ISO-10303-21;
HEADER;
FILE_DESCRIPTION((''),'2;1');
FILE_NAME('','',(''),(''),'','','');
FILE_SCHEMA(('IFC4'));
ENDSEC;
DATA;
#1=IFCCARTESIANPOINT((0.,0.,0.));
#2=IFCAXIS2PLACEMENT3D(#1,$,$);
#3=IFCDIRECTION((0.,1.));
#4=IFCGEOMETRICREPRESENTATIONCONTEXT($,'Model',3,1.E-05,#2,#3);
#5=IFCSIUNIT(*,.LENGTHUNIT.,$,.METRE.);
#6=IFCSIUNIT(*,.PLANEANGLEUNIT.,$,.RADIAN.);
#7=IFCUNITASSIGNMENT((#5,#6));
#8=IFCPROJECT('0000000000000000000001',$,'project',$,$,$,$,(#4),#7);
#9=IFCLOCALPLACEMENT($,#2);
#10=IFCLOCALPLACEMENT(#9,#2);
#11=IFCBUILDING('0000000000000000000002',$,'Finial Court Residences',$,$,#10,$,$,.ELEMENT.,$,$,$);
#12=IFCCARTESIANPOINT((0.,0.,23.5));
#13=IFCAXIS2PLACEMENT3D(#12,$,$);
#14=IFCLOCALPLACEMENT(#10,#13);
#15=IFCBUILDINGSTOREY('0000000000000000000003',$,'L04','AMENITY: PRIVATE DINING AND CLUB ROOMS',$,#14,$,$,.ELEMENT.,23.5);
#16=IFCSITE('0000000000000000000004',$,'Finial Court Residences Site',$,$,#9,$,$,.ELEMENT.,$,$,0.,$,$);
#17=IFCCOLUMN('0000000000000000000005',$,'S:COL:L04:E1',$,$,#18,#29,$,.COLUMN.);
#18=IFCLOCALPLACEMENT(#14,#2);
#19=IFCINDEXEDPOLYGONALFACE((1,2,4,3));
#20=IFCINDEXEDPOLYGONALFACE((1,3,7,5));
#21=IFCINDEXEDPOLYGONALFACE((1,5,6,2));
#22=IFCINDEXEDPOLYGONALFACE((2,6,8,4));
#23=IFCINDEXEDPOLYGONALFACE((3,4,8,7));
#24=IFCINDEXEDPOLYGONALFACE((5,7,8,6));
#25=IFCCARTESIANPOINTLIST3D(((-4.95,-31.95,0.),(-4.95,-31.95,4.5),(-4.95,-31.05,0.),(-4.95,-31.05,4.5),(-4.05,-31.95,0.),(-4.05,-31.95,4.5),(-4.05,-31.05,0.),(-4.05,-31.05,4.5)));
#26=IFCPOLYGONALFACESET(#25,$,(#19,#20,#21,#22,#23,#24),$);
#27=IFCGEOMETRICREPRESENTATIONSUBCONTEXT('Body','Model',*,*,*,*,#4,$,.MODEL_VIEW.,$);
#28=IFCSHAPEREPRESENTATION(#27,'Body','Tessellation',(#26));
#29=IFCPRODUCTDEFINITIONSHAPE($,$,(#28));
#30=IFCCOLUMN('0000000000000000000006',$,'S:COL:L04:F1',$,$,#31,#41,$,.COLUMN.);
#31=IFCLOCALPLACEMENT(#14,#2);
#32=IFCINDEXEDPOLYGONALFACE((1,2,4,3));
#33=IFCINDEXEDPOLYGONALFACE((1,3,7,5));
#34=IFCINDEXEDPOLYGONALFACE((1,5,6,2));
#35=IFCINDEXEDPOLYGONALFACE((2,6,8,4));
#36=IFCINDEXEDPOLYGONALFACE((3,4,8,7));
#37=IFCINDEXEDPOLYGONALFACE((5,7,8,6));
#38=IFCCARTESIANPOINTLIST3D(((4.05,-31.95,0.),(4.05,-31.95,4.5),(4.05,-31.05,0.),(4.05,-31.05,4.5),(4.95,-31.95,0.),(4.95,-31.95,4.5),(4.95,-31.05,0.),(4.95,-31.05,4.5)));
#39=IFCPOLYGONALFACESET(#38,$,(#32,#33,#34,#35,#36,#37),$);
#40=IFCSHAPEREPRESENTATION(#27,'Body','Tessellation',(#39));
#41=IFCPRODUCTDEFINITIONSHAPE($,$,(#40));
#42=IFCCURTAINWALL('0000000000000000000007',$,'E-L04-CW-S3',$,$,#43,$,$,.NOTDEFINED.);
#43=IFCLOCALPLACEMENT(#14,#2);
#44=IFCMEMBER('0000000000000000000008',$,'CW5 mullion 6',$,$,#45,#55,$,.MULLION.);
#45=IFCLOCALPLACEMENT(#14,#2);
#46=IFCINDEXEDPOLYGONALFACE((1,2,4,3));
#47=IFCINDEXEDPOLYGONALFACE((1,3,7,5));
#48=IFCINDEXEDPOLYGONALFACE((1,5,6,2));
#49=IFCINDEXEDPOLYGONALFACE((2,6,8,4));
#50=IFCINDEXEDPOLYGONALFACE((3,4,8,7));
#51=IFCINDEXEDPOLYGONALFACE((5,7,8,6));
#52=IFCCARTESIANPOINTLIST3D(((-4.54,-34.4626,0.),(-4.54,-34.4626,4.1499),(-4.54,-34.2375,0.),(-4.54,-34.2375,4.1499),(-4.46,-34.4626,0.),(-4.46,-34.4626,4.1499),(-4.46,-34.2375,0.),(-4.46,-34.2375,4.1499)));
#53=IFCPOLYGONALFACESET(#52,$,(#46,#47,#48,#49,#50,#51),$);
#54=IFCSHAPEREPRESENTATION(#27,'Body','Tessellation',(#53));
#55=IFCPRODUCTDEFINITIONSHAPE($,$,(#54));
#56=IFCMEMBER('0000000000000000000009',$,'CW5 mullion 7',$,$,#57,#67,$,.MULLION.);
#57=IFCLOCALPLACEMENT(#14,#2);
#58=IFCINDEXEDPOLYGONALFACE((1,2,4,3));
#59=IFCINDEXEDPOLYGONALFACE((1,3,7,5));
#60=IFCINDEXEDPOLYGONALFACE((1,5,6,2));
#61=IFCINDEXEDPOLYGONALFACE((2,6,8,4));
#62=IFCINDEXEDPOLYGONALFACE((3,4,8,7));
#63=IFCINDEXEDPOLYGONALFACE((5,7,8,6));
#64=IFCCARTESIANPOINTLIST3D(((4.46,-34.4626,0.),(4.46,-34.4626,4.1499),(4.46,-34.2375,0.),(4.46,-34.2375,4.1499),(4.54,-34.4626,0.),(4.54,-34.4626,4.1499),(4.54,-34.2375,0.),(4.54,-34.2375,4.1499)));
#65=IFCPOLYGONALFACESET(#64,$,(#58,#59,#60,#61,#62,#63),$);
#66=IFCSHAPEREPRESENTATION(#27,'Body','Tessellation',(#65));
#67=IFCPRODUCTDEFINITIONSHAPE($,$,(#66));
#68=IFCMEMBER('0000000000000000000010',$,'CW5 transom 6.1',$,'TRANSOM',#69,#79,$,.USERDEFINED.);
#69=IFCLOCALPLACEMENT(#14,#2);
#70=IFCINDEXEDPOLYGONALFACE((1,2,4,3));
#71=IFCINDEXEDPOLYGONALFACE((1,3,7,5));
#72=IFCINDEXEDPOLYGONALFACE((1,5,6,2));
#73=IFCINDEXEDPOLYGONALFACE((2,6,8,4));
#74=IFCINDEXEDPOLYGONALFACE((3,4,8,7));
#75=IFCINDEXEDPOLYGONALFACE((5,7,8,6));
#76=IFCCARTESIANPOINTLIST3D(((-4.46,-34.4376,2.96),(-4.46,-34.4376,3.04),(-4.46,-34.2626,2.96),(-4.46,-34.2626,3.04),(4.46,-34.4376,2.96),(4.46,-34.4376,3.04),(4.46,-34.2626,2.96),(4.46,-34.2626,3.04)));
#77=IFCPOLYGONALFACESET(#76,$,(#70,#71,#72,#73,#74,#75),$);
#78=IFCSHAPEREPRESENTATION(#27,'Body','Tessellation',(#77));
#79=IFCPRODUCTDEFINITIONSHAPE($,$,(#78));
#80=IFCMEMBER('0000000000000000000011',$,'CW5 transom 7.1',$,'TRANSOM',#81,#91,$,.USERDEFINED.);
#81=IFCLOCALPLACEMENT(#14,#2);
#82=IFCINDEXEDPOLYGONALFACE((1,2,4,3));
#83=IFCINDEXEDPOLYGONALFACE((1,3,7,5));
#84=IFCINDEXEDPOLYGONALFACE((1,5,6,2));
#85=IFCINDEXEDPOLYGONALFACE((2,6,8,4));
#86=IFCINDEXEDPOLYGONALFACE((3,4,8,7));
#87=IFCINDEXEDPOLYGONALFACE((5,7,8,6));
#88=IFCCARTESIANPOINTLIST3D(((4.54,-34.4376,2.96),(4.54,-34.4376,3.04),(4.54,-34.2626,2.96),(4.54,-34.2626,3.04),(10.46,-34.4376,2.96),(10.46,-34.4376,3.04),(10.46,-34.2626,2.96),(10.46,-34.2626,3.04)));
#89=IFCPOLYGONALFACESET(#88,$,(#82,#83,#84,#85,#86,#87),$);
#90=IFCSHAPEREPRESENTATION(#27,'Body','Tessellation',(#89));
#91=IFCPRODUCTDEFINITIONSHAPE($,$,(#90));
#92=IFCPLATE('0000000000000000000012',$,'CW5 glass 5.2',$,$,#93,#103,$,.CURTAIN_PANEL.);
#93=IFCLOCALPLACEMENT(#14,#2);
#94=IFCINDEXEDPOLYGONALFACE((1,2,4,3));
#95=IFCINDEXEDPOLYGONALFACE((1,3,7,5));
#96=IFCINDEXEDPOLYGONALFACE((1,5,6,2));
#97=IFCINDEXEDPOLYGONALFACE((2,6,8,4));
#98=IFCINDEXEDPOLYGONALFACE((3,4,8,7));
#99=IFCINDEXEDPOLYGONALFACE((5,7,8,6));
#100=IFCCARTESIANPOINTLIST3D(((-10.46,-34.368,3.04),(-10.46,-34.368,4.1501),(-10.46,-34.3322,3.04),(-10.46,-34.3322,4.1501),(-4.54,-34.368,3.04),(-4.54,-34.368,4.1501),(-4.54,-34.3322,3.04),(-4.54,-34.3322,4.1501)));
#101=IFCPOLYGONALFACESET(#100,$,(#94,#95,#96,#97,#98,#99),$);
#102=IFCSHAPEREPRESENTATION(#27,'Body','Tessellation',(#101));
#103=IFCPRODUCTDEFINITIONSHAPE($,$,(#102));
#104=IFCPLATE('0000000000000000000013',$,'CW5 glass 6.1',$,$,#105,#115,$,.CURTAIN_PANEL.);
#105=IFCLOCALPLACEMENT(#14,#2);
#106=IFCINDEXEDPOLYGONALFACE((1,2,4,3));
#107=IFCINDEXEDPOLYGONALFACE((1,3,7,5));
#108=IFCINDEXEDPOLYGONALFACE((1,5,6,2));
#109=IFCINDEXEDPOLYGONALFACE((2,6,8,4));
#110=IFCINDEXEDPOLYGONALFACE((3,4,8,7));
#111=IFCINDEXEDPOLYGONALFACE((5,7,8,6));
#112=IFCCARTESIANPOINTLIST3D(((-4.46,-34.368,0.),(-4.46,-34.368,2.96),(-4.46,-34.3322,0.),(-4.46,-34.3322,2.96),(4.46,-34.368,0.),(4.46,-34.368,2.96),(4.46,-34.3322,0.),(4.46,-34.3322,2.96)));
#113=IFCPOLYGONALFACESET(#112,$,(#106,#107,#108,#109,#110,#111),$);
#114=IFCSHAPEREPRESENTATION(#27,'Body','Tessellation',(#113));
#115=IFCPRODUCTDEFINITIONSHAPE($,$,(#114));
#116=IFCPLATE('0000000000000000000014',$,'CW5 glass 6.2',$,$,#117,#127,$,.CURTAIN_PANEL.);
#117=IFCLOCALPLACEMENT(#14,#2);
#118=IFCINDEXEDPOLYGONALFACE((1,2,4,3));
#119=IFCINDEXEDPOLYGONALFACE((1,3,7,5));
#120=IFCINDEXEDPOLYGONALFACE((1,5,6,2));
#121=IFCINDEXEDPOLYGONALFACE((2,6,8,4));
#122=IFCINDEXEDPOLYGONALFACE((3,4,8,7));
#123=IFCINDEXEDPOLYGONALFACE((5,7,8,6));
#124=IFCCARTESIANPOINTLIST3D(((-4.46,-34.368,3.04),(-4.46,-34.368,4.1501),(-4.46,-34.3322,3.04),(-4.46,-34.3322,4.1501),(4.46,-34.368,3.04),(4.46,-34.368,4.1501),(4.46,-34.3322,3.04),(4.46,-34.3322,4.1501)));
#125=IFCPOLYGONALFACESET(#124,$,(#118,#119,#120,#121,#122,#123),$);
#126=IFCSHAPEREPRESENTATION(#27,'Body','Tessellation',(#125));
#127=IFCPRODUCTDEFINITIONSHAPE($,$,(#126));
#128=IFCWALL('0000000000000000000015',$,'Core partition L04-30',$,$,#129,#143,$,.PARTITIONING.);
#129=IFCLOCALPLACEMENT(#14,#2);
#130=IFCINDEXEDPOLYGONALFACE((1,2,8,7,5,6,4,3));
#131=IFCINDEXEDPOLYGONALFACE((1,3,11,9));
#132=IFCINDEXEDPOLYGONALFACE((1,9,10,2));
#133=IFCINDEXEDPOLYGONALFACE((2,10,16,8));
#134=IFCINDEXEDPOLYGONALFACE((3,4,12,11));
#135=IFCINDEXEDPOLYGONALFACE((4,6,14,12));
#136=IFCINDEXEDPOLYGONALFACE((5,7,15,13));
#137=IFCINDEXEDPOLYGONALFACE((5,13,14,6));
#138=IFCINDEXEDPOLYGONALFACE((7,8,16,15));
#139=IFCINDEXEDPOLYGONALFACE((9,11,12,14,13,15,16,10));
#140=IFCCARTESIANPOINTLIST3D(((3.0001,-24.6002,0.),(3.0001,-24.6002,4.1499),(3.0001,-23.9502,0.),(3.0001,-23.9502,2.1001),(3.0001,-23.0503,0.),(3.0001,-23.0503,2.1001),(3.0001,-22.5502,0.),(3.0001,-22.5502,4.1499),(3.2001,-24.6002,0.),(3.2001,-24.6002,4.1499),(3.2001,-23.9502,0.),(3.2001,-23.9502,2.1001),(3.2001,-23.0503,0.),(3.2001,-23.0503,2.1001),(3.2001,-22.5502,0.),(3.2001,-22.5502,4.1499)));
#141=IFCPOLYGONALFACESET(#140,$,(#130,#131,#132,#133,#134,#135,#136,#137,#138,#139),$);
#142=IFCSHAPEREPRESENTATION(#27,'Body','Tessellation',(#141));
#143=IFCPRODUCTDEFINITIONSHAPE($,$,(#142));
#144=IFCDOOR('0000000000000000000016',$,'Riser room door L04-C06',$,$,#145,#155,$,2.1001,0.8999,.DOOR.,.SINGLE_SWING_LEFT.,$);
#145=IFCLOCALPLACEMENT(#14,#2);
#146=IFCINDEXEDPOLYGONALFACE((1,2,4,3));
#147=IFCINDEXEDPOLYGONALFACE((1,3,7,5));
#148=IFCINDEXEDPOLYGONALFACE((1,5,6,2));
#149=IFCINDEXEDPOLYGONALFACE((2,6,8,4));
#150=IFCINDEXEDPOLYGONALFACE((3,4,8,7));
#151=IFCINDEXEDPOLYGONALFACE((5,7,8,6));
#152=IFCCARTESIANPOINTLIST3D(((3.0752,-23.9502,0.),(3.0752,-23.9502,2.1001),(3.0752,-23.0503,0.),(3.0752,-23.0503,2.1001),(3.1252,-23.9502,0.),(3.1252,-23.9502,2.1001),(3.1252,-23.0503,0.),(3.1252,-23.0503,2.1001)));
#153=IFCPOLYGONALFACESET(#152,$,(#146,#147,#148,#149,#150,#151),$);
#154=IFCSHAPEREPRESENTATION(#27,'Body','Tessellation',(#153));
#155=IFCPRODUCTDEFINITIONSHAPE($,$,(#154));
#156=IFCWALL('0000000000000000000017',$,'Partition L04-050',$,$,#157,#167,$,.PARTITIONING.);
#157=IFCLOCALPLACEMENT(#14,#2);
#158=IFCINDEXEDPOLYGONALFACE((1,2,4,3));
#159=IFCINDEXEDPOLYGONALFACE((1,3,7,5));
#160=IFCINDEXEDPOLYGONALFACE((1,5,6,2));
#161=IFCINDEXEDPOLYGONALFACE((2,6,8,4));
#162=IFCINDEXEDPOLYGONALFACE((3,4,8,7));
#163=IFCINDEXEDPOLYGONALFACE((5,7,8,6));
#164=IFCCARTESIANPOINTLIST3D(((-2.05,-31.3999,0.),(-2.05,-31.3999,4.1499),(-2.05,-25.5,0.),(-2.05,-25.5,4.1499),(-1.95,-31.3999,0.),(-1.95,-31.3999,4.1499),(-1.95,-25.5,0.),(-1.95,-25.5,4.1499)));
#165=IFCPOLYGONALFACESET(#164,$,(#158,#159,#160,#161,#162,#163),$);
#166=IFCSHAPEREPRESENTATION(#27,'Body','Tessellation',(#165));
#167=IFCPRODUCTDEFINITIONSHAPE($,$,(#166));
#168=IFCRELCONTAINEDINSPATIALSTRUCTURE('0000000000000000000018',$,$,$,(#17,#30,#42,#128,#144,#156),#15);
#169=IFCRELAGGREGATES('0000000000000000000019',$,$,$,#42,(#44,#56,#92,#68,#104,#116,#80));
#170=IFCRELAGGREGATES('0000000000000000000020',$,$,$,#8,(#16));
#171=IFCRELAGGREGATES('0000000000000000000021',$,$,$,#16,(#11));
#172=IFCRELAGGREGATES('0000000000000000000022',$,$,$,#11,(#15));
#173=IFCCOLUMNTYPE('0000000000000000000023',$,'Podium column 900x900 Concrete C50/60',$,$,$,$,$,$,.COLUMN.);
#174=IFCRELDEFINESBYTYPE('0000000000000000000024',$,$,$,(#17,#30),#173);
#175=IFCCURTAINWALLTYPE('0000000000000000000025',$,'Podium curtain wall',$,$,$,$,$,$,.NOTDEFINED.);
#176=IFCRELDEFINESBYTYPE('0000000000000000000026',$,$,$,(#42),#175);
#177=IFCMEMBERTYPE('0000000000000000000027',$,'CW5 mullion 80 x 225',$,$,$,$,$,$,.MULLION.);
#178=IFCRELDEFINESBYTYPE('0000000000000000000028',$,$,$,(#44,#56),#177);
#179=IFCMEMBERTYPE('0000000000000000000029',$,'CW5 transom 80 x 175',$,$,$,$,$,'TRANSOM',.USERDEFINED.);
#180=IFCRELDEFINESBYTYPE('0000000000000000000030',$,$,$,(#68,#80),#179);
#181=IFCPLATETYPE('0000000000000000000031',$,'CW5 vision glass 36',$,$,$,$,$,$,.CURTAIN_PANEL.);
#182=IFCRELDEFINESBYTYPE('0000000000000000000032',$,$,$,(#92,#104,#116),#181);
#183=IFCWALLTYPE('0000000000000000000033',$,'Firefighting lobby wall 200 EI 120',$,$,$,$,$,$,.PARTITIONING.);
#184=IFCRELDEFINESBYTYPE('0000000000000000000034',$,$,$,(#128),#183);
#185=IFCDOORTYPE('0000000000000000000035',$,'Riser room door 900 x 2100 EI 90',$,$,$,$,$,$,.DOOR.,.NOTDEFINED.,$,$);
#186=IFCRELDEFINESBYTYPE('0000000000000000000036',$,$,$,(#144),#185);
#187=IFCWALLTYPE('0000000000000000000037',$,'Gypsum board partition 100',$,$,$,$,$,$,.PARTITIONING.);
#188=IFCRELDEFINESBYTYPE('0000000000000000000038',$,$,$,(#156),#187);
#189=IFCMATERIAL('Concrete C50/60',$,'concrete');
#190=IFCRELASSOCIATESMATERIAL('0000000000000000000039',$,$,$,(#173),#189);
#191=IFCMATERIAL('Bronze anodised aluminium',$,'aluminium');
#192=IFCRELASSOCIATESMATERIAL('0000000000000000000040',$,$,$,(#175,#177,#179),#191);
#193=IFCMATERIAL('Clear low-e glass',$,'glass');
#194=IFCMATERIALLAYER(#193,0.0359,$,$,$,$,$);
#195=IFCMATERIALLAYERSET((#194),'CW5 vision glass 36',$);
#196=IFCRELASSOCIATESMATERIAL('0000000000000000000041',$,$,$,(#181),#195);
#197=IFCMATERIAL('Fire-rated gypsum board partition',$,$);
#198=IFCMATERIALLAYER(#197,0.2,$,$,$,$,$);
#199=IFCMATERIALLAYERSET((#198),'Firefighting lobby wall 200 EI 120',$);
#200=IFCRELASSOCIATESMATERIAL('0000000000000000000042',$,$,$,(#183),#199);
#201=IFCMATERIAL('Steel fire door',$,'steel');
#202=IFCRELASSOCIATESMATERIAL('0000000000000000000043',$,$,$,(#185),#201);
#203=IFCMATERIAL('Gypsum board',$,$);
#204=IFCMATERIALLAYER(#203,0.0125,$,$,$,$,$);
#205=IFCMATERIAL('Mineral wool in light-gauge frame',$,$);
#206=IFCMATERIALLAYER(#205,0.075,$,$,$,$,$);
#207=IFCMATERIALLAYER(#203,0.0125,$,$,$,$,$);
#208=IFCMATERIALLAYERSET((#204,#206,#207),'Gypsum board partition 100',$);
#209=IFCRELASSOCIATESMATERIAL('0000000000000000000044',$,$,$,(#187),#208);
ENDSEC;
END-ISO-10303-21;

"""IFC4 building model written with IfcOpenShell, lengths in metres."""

from ifc_helpers import new_model, si_unit, direction, frame, frame_2d, origin, origin_2d, place, context, subcontext, project, spatial, rectangle, extrude, material, layer, layer_set, material_profile, profile_set, type_object, element, fill, aggregate, save


model = new_model("IFC4")

# Units and contexts
model_context = context("Model", 3, precision=1e-05, world=origin(), true_north=direction((0.0, 1.0)))
body_context = subcontext(model_context, "Body", "Model", "MODEL_VIEW")
ifc_project = project(units=[si_unit("LENGTHUNIT", "METRE"), si_unit("PLANEANGLEUNIT", "RADIAN")], contexts=[model_context])

# Site, building, storey
site_placement = place(None, origin())
site = spatial("IfcSite", under=ifc_project, at=site_placement, Name="Finial Court Residences Site", CompositionType="ELEMENT", RefElevation=0.0)
building_placement = place(site_placement, origin())
building = spatial("IfcBuilding", under=site, at=building_placement, Name="Finial Court Residences", CompositionType="ELEMENT")
storey_placement = place(building_placement, frame((0.0, 0.0, 23.5)))
storey = spatial("IfcBuildingStorey", under=building, at=storey_placement, Name="L04", Description="AMENITY: PRIVATE DINING AND CLUB ROOMS", CompositionType="ELEMENT", Elevation=23.5)

# Columns
ifc_material_1 = material(Name="Concrete C50/60", Category="concrete")
ifc_material_profile_1 = material_profile(ifc_material_1, rectangle(XDim=0.8999, YDim=0.8999, at=origin_2d()), Name="900x900")
ifc_profile_set_1 = profile_set([ifc_material_profile_1], Name="Concrete C50/60")
column_type = type_object("IfcColumnType", Name="Podium column 900x900 Concrete C50/60", PredefinedType="COLUMN", material=ifc_profile_set_1)
for number, where, z_axis, x_axis, name in (
    (1, (-4.5, -31.5, 0.0), (0.0, 0.0, 1.0), (1.0, 0.0, 0.0), "S:COL:L04:E1"),
    (2, (4.5, -31.5, 0.0), (0.0, 0.0, 1.0), (1.0, 0.0, 0.0), "S:COL:L04:F1"),
):
    element("IfcColumn", number, at=place(storey_placement, frame(where, z_axis=z_axis, x_axis=x_axis)), inside=storey, type_object=column_type, Name=name, PredefinedType="COLUMN", context=body_context, shape_type="SweptSolid", body=[
        extrude(rectangle(XDim=0.8999, YDim=0.8999, at=origin_2d()), origin(), (0.0, 0.0, 1.0), 4.5),
    ])

# Curtain wall, members, plates
ifc_material_2 = material(Name="Bronze anodised aluminium", Category="aluminium")
curtain_wall_type = type_object("IfcCurtainWallType", Name="Podium curtain wall", PredefinedType="NOTDEFINED", material=ifc_material_2)
curtain_wall_placement = place(storey_placement, origin())
curtain_wall = element("IfcCurtainWall", 3, at=curtain_wall_placement, inside=storey, type_object=curtain_wall_type, Name="E-L04-CW-S3", PredefinedType="NOTDEFINED")
ifc_material_profile_2 = material_profile(ifc_material_2, rectangle(XDim=0.2251, YDim=0.0801, at=origin_2d()), Name="CW5 mullion 80 x 225")
ifc_profile_set_2 = profile_set([ifc_material_profile_2], Name="Bronze anodised aluminium")
member_type_1 = type_object("IfcMemberType", Name="CW5 mullion 80 x 225", PredefinedType="MULLION", material=ifc_profile_set_2)
member_1_placement = place(storey_placement, frame((-4.5, -34.3501, 0.0), z_axis=(0.0, 0.0, 1.0), x_axis=(0.0, 1.0, 0.0)))
member_1 = element("IfcMember", 4, at=member_1_placement, type_object=member_type_1, Name="CW5 mullion 6", PredefinedType="MULLION", context=body_context, shape_type="SweptSolid", body=[
    extrude(rectangle(XDim=0.2251, YDim=0.0801, at=origin_2d()), origin(), (0.0, 0.0, 1.0), 4.1499),
])
member_2_placement = place(storey_placement, frame((4.5, -34.3501, 0.0), z_axis=(0.0, 0.0, 1.0), x_axis=(0.0, 1.0, 0.0)))
member_2 = element("IfcMember", 5, at=member_2_placement, type_object=member_type_1, Name="CW5 mullion 7", PredefinedType="MULLION", context=body_context, shape_type="SweptSolid", body=[
    extrude(rectangle(XDim=0.2251, YDim=0.0801, at=origin_2d()), origin(), (0.0, 0.0, 1.0), 4.1499),
])
ifc_material_profile_3 = material_profile(ifc_material_2, rectangle(XDim=0.175, YDim=0.0801, at=origin_2d()), Name="CW5 transom 80 x 175")
ifc_profile_set_3 = profile_set([ifc_material_profile_3], Name="Bronze anodised aluminium")
member_type_2 = type_object("IfcMemberType", Name="CW5 transom 80 x 175", ElementType="TRANSOM", PredefinedType="USERDEFINED", material=ifc_profile_set_3)
member_3_placement = place(storey_placement, frame((-4.46, -34.3501, 3.0), z_axis=(1.0, 0.0, 0.0), x_axis=(0.0, 1.0, 0.0)))
member_3 = element("IfcMember", 6, at=member_3_placement, type_object=member_type_2, Name="CW5 transom 6.1", ObjectType="TRANSOM", PredefinedType="USERDEFINED", context=body_context, shape_type="SweptSolid", body=[
    extrude(rectangle(XDim=0.175, YDim=0.0801, at=origin_2d()), origin(), (0.0, 0.0, 1.0), 8.9199),
])
member_4_placement = place(storey_placement, frame((4.54, -34.3501, 3.0), z_axis=(1.0, 0.0, 0.0), x_axis=(0.0, 1.0, 0.0)))
member_4 = element("IfcMember", 7, at=member_4_placement, type_object=member_type_2, Name="CW5 transom 7.1", ObjectType="TRANSOM", PredefinedType="USERDEFINED", context=body_context, shape_type="SweptSolid", body=[
    extrude(rectangle(XDim=0.175, YDim=0.0801, at=origin_2d()), origin(), (0.0, 0.0, 1.0), 5.9199),
])
ifc_material_3 = material(Name="Clear low-e glass", Category="glass")
ifc_layer_1 = layer(ifc_material_3, 0.0359)
ifc_layer_set_1 = layer_set([ifc_layer_1], Name="CW5 vision glass 36")
plate_type = type_object("IfcPlateType", Name="CW5 vision glass 36", PredefinedType="CURTAIN_PANEL", material=ifc_layer_set_1)
plate_1_placement = place(storey_placement, frame((-7.5, -34.3501, 3.04), z_axis=(0.0, 0.0, 1.0), x_axis=(1.0, 0.0, 0.0)))
plate_1 = element("IfcPlate", 8, at=plate_1_placement, type_object=plate_type, Name="CW5 glass 5.2", PredefinedType="CURTAIN_PANEL", context=body_context, shape_type="SweptSolid", body=[
    extrude(rectangle(XDim=5.9199, YDim=0.0359, at=origin_2d()), origin(), (0.0, 0.0, 1.0), 1.1101),
])
plate_2_placement = place(storey_placement, frame((0.0, -34.3501, 0.0), z_axis=(0.0, 0.0, 1.0), x_axis=(1.0, 0.0, 0.0)))
plate_2 = element("IfcPlate", 9, at=plate_2_placement, type_object=plate_type, Name="CW5 glass 6.1", PredefinedType="CURTAIN_PANEL", context=body_context, shape_type="SweptSolid", body=[
    extrude(rectangle(XDim=8.9199, YDim=0.0359, at=origin_2d()), origin(), (0.0, 0.0, 1.0), 2.96),
])
plate_3_placement = place(storey_placement, frame((0.0, -34.3501, 3.04), z_axis=(0.0, 0.0, 1.0), x_axis=(1.0, 0.0, 0.0)))
plate_3 = element("IfcPlate", 10, at=plate_3_placement, type_object=plate_type, Name="CW5 glass 6.2", PredefinedType="CURTAIN_PANEL", context=body_context, shape_type="SweptSolid", body=[
    extrude(rectangle(XDim=8.9199, YDim=0.0359, at=origin_2d()), origin(), (0.0, 0.0, 1.0), 1.1101),
])
aggregate(curtain_wall, [member_1, member_2, plate_1, member_3, plate_2, plate_3, member_4])

# Wall, opening, door
ifc_material_4 = material(Name="Fire-rated gypsum board partition")
ifc_layer_2 = layer(ifc_material_4, 0.2)
ifc_layer_set_2 = layer_set([ifc_layer_2], Name="Firefighting lobby wall 200 EI 120")
wall_type_1 = type_object("IfcWallType", Name="Firefighting lobby wall 200 EI 120", PredefinedType="PARTITIONING", material=ifc_layer_set_2)
wall_1_placement = place(storey_placement, frame((3.1001, -24.6001, 0.0), z_axis=(0.0, 0.0, 1.0), x_axis=(0.0, 1.0, 0.0)))
wall_1 = element("IfcWall", 11, at=wall_1_placement, inside=storey, type_object=wall_type_1, Name="Core partition L04-30", PredefinedType="PARTITIONING", context=body_context, shape_type="SweptSolid", body=[
    extrude(rectangle(XDim=2.05, YDim=0.2, at=frame_2d((1.0249, 0.0))), origin(), (0.0, 0.0, 1.0), 4.1499),
])
opening_1_placement = place(wall_1_placement, frame((0.6499, 0.0, 0.0)))
opening_1 = element("IfcOpeningElement", 12, at=opening_1_placement, cuts=wall_1, PredefinedType="OPENING", context=body_context, shape_type="SweptSolid", body=[
    extrude(rectangle(XDim=0.8999, YDim=2.1001, at=frame_2d((0.45, 1.05))), frame((0.0, 0.1099, 0.0), z_axis=(0.0, -1.0, 0.0), x_axis=(1.0, 0.0, 0.0)), (0.0, 0.0, 1.0), 0.22),
])
ifc_material_5 = material(Name="Steel fire door", Category="steel")
door_type_1 = type_object("IfcDoorType", Name="Riser room door 900 x 2100 EI 90", OperationType="NOTDEFINED", PredefinedType="DOOR", material=ifc_material_5)
door_1_placement = place(opening_1_placement, origin())
door_1 = element("IfcDoor", 13, at=door_1_placement, inside=storey, type_object=door_type_1, Name="Riser room door L04-C06", OperationType="SINGLE_SWING_LEFT", OverallHeight=2.1001, OverallWidth=0.8999, PredefinedType="DOOR", context=body_context, shape_type="SweptSolid", body=[
    extrude(rectangle(XDim=0.8999, YDim=2.1001, at=frame_2d((0.45, 1.05))), frame((0.0, 0.0249, 0.0), z_axis=(0.0, -1.0, 0.0), x_axis=(1.0, 0.0, 0.0)), (0.0, 0.0, 1.0), 0.05),
])
fill(opening_1, door_1)

# Wall
ifc_material_6 = material(Name="Gypsum board")
ifc_layer_3 = layer(ifc_material_6, 0.0125)
ifc_material_7 = material(Name="Mineral wool in light-gauge frame")
ifc_layer_4 = layer(ifc_material_7, 0.075)
ifc_layer_5 = layer(ifc_material_6, 0.0125)
ifc_layer_set_3 = layer_set([ifc_layer_3, ifc_layer_4, ifc_layer_5], Name="Gypsum board partition 100")
wall_type_2 = type_object("IfcWallType", Name="Gypsum board partition 100", PredefinedType="PARTITIONING", material=ifc_layer_set_3)
wall_2_placement = place(storey_placement, frame((-2.0, -31.3999, 0.0), z_axis=(0.0, 0.0, 1.0), x_axis=(0.0, 1.0, 0.0)))
element("IfcWall", 14, at=wall_2_placement, inside=storey, type_object=wall_type_2, Name="Partition L04-050", PredefinedType="PARTITIONING", context=body_context, shape_type="SweptSolid", body=[
    extrude(rectangle(XDim=5.8999, YDim=0.1001, at=frame_2d((2.95, 0.0))), origin(), (0.0, 0.0, 1.0), 4.1499),
])

save(model, "model.ifc")
